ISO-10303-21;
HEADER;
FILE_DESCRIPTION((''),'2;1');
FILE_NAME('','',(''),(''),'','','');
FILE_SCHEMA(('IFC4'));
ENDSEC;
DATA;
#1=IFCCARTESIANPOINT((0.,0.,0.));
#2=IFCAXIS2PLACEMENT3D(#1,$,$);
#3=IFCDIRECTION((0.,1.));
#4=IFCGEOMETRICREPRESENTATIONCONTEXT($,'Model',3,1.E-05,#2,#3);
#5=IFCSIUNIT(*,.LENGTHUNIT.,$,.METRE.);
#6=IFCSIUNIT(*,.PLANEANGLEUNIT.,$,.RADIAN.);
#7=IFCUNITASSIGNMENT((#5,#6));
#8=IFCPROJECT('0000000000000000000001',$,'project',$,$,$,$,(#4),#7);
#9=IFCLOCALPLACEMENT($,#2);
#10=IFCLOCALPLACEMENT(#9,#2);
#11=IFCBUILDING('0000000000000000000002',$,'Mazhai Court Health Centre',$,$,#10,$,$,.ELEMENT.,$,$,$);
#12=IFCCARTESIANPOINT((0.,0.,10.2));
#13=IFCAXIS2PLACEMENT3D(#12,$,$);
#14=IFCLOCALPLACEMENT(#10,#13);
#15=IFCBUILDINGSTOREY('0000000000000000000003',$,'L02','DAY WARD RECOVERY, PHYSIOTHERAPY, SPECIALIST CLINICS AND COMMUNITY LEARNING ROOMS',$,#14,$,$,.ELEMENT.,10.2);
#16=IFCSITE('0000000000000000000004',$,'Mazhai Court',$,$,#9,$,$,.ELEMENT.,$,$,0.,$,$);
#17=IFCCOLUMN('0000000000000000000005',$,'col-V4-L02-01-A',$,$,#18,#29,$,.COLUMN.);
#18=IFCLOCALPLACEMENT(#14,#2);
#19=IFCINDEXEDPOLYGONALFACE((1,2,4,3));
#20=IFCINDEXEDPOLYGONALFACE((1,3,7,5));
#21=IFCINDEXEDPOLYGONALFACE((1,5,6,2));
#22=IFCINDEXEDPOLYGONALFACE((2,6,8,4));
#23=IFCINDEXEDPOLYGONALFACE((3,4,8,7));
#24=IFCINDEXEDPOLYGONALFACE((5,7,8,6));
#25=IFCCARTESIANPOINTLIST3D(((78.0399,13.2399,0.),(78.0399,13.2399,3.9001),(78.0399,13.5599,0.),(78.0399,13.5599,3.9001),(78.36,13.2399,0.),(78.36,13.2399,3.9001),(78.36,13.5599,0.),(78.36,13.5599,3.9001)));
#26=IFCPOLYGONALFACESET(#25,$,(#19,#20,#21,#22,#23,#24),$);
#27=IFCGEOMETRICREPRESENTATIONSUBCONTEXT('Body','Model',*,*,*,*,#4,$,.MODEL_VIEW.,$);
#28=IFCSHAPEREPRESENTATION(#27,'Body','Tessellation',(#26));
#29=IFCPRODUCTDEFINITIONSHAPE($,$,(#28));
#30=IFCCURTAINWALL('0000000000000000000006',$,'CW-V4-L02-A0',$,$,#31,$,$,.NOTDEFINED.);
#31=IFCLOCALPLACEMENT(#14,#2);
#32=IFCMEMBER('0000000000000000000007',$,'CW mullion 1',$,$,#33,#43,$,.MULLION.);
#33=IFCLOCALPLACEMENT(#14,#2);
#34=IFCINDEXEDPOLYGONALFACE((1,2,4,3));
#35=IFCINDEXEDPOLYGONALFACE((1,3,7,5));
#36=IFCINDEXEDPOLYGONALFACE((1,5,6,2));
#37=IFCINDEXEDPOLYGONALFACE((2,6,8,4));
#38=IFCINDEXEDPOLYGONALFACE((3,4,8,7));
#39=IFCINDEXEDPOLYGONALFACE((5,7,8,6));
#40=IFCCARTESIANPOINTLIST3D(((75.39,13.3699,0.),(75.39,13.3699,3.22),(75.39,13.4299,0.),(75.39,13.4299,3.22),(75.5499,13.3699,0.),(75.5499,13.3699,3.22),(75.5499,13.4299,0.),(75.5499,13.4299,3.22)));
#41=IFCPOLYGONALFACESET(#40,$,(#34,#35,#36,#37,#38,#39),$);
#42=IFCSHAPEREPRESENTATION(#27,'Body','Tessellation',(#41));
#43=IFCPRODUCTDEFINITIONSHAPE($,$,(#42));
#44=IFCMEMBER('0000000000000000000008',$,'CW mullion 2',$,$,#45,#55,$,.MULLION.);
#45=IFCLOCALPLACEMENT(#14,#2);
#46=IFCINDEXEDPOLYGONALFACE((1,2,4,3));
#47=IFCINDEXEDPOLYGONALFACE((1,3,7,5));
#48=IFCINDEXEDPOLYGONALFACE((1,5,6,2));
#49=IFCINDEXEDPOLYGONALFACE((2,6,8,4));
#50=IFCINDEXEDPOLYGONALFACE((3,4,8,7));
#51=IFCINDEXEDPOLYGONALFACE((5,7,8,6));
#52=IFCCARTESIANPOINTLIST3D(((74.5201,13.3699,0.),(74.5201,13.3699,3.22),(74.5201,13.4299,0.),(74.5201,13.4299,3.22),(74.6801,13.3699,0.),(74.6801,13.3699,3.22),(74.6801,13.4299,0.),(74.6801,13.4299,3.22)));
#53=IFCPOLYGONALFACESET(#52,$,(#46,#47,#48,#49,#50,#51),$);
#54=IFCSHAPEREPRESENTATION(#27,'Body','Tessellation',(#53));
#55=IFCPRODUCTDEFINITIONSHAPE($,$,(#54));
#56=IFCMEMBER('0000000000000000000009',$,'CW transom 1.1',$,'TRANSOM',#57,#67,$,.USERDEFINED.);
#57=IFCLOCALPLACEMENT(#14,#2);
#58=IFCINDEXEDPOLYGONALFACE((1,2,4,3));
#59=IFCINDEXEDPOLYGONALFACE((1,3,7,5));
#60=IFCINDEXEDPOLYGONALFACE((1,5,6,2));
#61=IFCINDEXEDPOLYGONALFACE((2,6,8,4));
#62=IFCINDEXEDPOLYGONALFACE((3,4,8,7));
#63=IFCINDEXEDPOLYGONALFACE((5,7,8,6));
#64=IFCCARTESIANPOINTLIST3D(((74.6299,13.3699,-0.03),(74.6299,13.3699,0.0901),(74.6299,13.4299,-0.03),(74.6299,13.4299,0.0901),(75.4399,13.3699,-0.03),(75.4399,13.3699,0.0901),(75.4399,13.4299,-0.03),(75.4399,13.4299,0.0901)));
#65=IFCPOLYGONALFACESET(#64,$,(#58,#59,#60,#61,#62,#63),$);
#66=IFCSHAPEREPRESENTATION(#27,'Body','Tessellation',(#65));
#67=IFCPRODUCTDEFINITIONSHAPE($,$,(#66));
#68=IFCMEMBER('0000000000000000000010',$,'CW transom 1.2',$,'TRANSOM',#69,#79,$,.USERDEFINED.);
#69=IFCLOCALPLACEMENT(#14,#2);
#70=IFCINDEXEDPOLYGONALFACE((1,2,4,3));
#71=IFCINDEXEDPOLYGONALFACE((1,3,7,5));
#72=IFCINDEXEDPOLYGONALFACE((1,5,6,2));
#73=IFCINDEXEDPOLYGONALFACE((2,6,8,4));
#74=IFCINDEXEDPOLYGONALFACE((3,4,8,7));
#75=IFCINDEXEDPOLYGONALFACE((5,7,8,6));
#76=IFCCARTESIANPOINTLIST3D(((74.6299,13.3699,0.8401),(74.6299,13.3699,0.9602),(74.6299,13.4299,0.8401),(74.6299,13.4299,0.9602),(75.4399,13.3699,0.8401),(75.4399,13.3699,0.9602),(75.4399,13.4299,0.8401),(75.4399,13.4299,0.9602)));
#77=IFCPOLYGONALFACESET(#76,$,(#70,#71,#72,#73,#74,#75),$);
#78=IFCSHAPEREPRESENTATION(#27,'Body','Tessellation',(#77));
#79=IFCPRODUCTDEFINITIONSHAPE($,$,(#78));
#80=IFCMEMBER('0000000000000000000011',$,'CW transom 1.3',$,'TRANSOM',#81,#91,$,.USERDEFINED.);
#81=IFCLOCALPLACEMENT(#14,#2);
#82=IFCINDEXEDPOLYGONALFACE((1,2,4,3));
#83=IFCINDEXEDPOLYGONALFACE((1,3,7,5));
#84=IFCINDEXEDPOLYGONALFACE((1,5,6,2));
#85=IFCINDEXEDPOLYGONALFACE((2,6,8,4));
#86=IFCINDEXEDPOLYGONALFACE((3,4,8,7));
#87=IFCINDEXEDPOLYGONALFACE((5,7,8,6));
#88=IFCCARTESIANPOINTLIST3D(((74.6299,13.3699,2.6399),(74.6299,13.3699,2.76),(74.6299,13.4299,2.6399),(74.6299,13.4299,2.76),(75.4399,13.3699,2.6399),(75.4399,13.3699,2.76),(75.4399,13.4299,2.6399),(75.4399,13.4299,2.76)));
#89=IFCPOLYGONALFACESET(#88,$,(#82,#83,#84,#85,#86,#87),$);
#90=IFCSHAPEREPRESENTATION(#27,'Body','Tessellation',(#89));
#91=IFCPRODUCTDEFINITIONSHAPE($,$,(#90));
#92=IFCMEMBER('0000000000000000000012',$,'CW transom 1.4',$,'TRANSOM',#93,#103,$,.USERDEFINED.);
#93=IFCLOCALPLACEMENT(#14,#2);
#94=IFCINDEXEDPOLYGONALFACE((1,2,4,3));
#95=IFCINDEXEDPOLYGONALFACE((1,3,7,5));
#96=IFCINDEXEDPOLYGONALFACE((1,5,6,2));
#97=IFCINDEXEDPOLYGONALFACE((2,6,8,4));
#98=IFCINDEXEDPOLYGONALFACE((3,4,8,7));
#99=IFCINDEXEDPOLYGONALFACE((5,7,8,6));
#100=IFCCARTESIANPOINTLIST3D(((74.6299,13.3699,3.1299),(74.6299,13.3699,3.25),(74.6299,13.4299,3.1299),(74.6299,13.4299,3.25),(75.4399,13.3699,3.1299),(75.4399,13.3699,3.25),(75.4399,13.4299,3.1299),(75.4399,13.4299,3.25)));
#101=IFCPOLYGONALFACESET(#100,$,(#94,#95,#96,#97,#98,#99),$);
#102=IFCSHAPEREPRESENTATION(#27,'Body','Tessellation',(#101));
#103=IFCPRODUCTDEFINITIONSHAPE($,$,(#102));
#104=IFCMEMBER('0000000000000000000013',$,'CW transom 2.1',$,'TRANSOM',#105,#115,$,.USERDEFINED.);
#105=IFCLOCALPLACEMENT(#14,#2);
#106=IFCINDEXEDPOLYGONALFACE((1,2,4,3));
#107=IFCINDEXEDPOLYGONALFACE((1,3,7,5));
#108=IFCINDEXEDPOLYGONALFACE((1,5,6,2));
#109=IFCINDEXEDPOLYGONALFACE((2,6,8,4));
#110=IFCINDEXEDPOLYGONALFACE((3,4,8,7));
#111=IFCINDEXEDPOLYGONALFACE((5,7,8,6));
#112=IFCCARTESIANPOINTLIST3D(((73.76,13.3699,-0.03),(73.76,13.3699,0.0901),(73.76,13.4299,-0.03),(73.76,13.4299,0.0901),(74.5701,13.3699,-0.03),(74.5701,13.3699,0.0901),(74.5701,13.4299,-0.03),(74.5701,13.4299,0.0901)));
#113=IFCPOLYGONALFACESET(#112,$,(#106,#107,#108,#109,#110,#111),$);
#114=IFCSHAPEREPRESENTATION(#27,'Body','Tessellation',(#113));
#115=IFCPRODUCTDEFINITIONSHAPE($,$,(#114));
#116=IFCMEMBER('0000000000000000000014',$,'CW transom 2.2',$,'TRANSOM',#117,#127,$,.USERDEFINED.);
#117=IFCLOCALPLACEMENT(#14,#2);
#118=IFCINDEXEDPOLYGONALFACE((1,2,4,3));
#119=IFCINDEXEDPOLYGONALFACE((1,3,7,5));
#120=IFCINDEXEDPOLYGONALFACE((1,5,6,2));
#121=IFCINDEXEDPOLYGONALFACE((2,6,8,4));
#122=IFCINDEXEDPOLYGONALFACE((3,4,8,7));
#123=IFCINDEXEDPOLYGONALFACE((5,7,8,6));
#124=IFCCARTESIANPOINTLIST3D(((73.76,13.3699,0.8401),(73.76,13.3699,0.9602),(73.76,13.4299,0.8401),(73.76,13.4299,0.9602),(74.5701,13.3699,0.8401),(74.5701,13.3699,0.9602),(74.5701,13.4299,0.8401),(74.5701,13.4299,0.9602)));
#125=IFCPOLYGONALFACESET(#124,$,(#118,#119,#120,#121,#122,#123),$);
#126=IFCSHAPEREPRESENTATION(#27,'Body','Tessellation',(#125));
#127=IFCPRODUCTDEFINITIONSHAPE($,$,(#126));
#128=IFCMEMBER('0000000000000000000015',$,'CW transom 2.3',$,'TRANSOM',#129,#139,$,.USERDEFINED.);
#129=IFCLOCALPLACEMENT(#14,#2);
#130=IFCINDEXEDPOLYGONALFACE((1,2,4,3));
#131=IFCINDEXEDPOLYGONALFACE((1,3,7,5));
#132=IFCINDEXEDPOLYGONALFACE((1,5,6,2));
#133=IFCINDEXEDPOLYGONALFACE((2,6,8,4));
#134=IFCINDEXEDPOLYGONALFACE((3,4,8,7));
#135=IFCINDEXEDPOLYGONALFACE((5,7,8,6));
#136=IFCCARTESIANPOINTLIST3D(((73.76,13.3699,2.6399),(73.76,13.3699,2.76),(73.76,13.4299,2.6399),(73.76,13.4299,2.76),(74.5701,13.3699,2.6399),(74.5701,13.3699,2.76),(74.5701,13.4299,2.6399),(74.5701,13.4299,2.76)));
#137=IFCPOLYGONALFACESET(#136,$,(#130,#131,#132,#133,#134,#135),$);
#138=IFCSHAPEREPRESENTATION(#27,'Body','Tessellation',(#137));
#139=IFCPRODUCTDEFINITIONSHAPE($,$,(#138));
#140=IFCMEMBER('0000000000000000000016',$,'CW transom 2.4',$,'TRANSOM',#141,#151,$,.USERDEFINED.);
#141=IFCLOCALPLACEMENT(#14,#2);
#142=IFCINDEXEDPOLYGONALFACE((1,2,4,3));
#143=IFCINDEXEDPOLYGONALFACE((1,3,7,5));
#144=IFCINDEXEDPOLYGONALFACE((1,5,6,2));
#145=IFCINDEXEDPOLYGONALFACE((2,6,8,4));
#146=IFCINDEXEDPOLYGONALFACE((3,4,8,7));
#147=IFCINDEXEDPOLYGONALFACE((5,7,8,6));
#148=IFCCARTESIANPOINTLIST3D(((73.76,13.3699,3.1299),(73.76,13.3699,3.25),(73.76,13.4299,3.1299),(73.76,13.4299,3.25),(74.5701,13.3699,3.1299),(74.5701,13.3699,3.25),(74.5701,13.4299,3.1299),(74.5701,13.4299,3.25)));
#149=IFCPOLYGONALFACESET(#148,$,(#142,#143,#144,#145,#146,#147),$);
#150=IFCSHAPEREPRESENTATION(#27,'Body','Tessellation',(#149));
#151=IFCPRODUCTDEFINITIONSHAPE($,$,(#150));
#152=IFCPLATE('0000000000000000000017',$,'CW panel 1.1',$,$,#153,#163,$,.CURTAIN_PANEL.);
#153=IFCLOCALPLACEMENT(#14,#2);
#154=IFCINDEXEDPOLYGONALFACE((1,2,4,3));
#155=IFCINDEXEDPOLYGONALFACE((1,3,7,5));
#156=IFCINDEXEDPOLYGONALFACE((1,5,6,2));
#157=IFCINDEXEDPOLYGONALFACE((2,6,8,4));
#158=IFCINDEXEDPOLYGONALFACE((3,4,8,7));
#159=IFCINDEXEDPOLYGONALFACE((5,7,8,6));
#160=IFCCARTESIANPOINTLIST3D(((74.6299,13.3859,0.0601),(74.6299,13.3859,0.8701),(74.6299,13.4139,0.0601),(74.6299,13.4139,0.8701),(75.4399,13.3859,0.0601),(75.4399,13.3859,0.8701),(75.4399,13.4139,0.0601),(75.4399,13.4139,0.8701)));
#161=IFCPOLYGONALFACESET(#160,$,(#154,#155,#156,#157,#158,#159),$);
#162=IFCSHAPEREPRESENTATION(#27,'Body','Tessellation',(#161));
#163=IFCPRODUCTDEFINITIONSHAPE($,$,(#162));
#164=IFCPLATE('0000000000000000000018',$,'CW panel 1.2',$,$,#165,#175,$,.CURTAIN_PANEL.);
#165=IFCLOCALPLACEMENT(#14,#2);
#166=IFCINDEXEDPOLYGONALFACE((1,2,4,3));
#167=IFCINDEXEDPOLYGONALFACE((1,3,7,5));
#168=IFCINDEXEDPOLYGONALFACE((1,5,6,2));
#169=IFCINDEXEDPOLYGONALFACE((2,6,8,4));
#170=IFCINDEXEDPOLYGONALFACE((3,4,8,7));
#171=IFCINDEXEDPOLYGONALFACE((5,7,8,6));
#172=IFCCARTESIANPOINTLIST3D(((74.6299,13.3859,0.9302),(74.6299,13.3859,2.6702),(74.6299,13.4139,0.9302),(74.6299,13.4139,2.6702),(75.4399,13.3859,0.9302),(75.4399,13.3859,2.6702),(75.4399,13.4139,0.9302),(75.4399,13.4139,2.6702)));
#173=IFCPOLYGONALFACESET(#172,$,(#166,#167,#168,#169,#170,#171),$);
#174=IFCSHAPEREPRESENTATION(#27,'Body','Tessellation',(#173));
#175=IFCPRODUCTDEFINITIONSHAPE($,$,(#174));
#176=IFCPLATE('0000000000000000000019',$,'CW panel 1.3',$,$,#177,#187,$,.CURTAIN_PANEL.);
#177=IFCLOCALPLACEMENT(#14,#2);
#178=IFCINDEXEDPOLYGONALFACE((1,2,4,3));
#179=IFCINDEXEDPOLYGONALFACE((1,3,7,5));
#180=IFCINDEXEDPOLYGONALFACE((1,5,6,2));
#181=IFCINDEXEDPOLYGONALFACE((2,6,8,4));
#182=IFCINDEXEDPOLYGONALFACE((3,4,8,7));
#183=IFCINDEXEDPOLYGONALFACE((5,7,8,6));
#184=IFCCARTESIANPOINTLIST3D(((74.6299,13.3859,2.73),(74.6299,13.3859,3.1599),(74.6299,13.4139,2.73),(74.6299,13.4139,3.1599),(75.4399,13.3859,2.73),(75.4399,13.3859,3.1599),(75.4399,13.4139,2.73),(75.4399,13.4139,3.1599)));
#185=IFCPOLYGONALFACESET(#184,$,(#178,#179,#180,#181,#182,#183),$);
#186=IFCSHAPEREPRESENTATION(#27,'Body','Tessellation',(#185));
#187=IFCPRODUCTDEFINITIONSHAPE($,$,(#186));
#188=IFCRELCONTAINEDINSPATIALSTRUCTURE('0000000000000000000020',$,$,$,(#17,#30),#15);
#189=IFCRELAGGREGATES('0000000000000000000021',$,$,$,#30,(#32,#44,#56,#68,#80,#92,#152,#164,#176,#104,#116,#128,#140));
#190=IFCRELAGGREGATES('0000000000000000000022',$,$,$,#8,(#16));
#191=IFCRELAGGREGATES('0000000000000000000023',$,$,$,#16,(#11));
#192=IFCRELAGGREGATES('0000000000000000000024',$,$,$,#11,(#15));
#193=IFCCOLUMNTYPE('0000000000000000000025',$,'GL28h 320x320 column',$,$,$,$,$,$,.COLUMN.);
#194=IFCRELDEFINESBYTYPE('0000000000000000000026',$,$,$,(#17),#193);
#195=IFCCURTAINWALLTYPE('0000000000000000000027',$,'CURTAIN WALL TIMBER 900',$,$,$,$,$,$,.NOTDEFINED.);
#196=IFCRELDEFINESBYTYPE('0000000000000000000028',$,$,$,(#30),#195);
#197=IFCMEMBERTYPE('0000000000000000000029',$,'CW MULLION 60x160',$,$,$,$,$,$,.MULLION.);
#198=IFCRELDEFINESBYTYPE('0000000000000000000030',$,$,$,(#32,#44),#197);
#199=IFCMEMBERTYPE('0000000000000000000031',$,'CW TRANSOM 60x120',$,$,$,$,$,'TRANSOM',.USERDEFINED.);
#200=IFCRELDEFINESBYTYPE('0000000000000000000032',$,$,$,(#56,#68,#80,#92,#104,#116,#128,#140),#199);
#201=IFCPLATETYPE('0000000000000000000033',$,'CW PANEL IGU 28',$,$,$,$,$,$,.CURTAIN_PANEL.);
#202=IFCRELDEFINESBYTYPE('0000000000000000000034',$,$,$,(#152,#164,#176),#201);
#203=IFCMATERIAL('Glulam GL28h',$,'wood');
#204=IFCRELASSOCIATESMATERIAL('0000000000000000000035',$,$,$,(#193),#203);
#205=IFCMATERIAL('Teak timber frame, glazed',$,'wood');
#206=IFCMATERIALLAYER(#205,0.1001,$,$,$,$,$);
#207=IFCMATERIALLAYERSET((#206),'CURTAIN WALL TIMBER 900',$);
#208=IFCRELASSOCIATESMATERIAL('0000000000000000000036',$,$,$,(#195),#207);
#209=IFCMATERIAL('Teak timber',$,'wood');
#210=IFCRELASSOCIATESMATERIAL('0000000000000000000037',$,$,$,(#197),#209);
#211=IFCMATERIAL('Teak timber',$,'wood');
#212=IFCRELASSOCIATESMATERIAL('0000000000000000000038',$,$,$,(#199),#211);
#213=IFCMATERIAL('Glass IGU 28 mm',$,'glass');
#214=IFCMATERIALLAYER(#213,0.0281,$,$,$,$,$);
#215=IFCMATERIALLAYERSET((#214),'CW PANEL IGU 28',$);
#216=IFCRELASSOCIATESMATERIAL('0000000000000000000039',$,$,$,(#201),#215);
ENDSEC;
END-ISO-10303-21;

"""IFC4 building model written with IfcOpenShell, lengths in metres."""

from ifc_helpers import new_model, si_unit, direction, frame, origin, origin_2d, place, context, subcontext, project, spatial, rectangle, extrude, material, layer, layer_set, material_profile, profile_set, type_object, element, aggregate, save


model = new_model("IFC4")

# Units and contexts
model_context = context("Model", 3, precision=1e-05, world=origin(), true_north=direction((0.0, 1.0)))
body_context = subcontext(model_context, "Body", "Model", "MODEL_VIEW")
ifc_project = project(units=[si_unit("LENGTHUNIT", "METRE"), si_unit("PLANEANGLEUNIT", "RADIAN")], contexts=[model_context])

# Site, building, storey
site_placement = place(None, origin())
site = spatial("IfcSite", under=ifc_project, at=site_placement, Name="Mazhai Court", CompositionType="ELEMENT", RefElevation=0.0)
building_placement = place(site_placement, origin())
building = spatial("IfcBuilding", under=site, at=building_placement, Name="Mazhai Court Health Centre", CompositionType="ELEMENT")
storey_placement = place(building_placement, frame((0.0, 0.0, 10.2)))
storey = spatial("IfcBuildingStorey", under=building, at=storey_placement, Name="L02", Description="DAY WARD RECOVERY, PHYSIOTHERAPY, SPECIALIST CLINICS AND COMMUNITY LEARNING ROOMS", CompositionType="ELEMENT", Elevation=10.2)

# Column
ifc_material_1 = material(Name="Glulam GL28h", Category="wood")
ifc_material_profile_1 = material_profile(ifc_material_1, rectangle(XDim=0.3201, YDim=0.3201, at=origin_2d()), Name="GL28h 320x320")
ifc_profile_set_1 = profile_set([ifc_material_profile_1], Name="Glulam GL28h")
column_type = type_object("IfcColumnType", Name="GL28h 320x320 column", PredefinedType="COLUMN", material=ifc_profile_set_1)
column_placement = place(storey_placement, frame((78.2, 13.3999, 0.0), z_axis=(0.0, 0.0, 1.0), x_axis=(1.0, 0.0, 0.0)))
element("IfcColumn", 1, at=column_placement, inside=storey, type_object=column_type, Name="col-V4-L02-01-A", PredefinedType="COLUMN", context=body_context, shape_type="SweptSolid", body=[
    extrude(rectangle(XDim=0.3201, YDim=0.3201, at=origin_2d()), origin(), (0.0, 0.0, 1.0), 3.9001),
])

# Curtain wall, members, plates
ifc_material_2 = material(Name="Teak timber frame, glazed", Category="wood")
ifc_layer_1 = layer(ifc_material_2, 0.1001)
ifc_layer_set_1 = layer_set([ifc_layer_1], Name="CURTAIN WALL TIMBER 900")
curtain_wall_type = type_object("IfcCurtainWallType", Name="CURTAIN WALL TIMBER 900", PredefinedType="NOTDEFINED", material=ifc_layer_set_1)
curtain_wall_placement = place(storey_placement, origin())
curtain_wall = element("IfcCurtainWall", 2, at=curtain_wall_placement, inside=storey, type_object=curtain_wall_type, Name="CW-V4-L02-A0", PredefinedType="NOTDEFINED")
ifc_material_3 = material(Name="Teak timber", Category="wood")
ifc_material_profile_2 = material_profile(ifc_material_3, rectangle(XDim=0.0601, YDim=0.1599, at=origin_2d()), Name="CW MULLION 60x160")
ifc_profile_set_2 = profile_set([ifc_material_profile_2], Name="Teak timber")
member_type_1 = type_object("IfcMemberType", Name="CW MULLION 60x160", PredefinedType="MULLION", material=ifc_profile_set_2)
member_1_placement = place(storey_placement, frame((75.47, 13.3999, 0.0), z_axis=(0.0, 0.0, 1.0), x_axis=(0.0, -1.0, 0.0)))
member_1 = element("IfcMember", 3, at=member_1_placement, type_object=member_type_1, Name="CW mullion 1", PredefinedType="MULLION", context=body_context, shape_type="SweptSolid", body=[
    extrude(rectangle(XDim=0.0601, YDim=0.1599, at=origin_2d()), origin(), (0.0, 0.0, 1.0), 3.22),
])
member_2_placement = place(storey_placement, frame((74.6001, 13.3999, 0.0), z_axis=(0.0, 0.0, 1.0), x_axis=(0.0, -1.0, 0.0)))
member_2 = element("IfcMember", 4, at=member_2_placement, type_object=member_type_1, Name="CW mullion 2", PredefinedType="MULLION", context=body_context, shape_type="SweptSolid", body=[
    extrude(rectangle(XDim=0.0601, YDim=0.1599, at=origin_2d()), origin(), (0.0, 0.0, 1.0), 3.22),
])
ifc_material_4 = material(Name="Teak timber", Category="wood")
ifc_material_profile_3 = material_profile(ifc_material_4, rectangle(XDim=0.0601, YDim=0.1201, at=origin_2d()), Name="CW TRANSOM 60x120")
ifc_profile_set_3 = profile_set([ifc_material_profile_3], Name="Teak timber")
member_type_2 = type_object("IfcMemberType", Name="CW TRANSOM 60x120", ElementType="TRANSOM", PredefinedType="USERDEFINED", material=ifc_profile_set_3)
member_3_placement = place(storey_placement, frame((75.4399, 13.3999, 0.03), z_axis=(-1.0, 0.0, 0.0), x_axis=(0.0, -1.0, 0.0)))
member_3 = element("IfcMember", 5, at=member_3_placement, type_object=member_type_2, Name="CW transom 1.1", ObjectType="TRANSOM", PredefinedType="USERDEFINED", context=body_context, shape_type="SweptSolid", body=[
    extrude(rectangle(XDim=0.0601, YDim=0.1201, at=origin_2d()), origin(), (0.0, 0.0, 1.0), 0.8101),
])
member_4_placement = place(storey_placement, frame((75.4399, 13.3999, 0.9001), z_axis=(-1.0, 0.0, 0.0), x_axis=(0.0, -1.0, 0.0)))
member_4 = element("IfcMember", 6, at=member_4_placement, type_object=member_type_2, Name="CW transom 1.2", ObjectType="TRANSOM", PredefinedType="USERDEFINED", context=body_context, shape_type="SweptSolid", body=[
    extrude(rectangle(XDim=0.0601, YDim=0.1201, at=origin_2d()), origin(), (0.0, 0.0, 1.0), 0.8101),
])
member_5_placement = place(storey_placement, frame((75.4399, 13.3999, 2.7), z_axis=(-1.0, 0.0, 0.0), x_axis=(0.0, -1.0, 0.0)))
member_5 = element("IfcMember", 7, at=member_5_placement, type_object=member_type_2, Name="CW transom 1.3", ObjectType="TRANSOM", PredefinedType="USERDEFINED", context=body_context, shape_type="SweptSolid", body=[
    extrude(rectangle(XDim=0.0601, YDim=0.1201, at=origin_2d()), origin(), (0.0, 0.0, 1.0), 0.8101),
])
member_6_placement = place(storey_placement, frame((75.4399, 13.3999, 3.1899), z_axis=(-1.0, 0.0, 0.0), x_axis=(0.0, -1.0, 0.0)))
member_6 = element("IfcMember", 8, at=member_6_placement, type_object=member_type_2, Name="CW transom 1.4", ObjectType="TRANSOM", PredefinedType="USERDEFINED", context=body_context, shape_type="SweptSolid", body=[
    extrude(rectangle(XDim=0.0601, YDim=0.1201, at=origin_2d()), origin(), (0.0, 0.0, 1.0), 0.8101),
])
member_7_placement = place(storey_placement, frame((74.5701, 13.3999, 0.03), z_axis=(-1.0, 0.0, 0.0), x_axis=(0.0, -1.0, 0.0)))
member_7 = element("IfcMember", 9, at=member_7_placement, type_object=member_type_2, Name="CW transom 2.1", ObjectType="TRANSOM", PredefinedType="USERDEFINED", context=body_context, shape_type="SweptSolid", body=[
    extrude(rectangle(XDim=0.0601, YDim=0.1201, at=origin_2d()), origin(), (0.0, 0.0, 1.0), 0.8101),
])
member_8_placement = place(storey_placement, frame((74.5701, 13.3999, 0.9001), z_axis=(-1.0, 0.0, 0.0), x_axis=(0.0, -1.0, 0.0)))
member_8 = element("IfcMember", 10, at=member_8_placement, type_object=member_type_2, Name="CW transom 2.2", ObjectType="TRANSOM", PredefinedType="USERDEFINED", context=body_context, shape_type="SweptSolid", body=[
    extrude(rectangle(XDim=0.0601, YDim=0.1201, at=origin_2d()), origin(), (0.0, 0.0, 1.0), 0.8101),
])
member_9_placement = place(storey_placement, frame((74.5701, 13.3999, 2.7), z_axis=(-1.0, 0.0, 0.0), x_axis=(0.0, -1.0, 0.0)))
member_9 = element("IfcMember", 11, at=member_9_placement, type_object=member_type_2, Name="CW transom 2.3", ObjectType="TRANSOM", PredefinedType="USERDEFINED", context=body_context, shape_type="SweptSolid", body=[
    extrude(rectangle(XDim=0.0601, YDim=0.1201, at=origin_2d()), origin(), (0.0, 0.0, 1.0), 0.8101),
])
member_10_placement = place(storey_placement, frame((74.5701, 13.3999, 3.1899), z_axis=(-1.0, 0.0, 0.0), x_axis=(0.0, -1.0, 0.0)))
member_10 = element("IfcMember", 12, at=member_10_placement, type_object=member_type_2, Name="CW transom 2.4", ObjectType="TRANSOM", PredefinedType="USERDEFINED", context=body_context, shape_type="SweptSolid", body=[
    extrude(rectangle(XDim=0.0601, YDim=0.1201, at=origin_2d()), origin(), (0.0, 0.0, 1.0), 0.8101),
])
ifc_material_5 = material(Name="Glass IGU 28 mm", Category="glass")
ifc_layer_2 = layer(ifc_material_5, 0.0281)
ifc_layer_set_2 = layer_set([ifc_layer_2], Name="CW PANEL IGU 28")
plate_type = type_object("IfcPlateType", Name="CW PANEL IGU 28", PredefinedType="CURTAIN_PANEL", material=ifc_layer_set_2)
plate_1_placement = place(storey_placement, frame((75.0349, 13.3999, 0.0601), z_axis=(0.0, 0.0, 1.0), x_axis=(-1.0, 0.0, 0.0)))
plate_1 = element("IfcPlate", 13, at=plate_1_placement, type_object=plate_type, Name="CW panel 1.1", PredefinedType="CURTAIN_PANEL", context=body_context, shape_type="SweptSolid", body=[
    extrude(rectangle(XDim=0.8101, YDim=0.0281, at=origin_2d()), origin(), (0.0, 0.0, 1.0), 0.8101),
])
plate_2_placement = place(storey_placement, frame((75.0349, 13.3999, 0.9302), z_axis=(0.0, 0.0, 1.0), x_axis=(-1.0, 0.0, 0.0)))
plate_2 = element("IfcPlate", 14, at=plate_2_placement, type_object=plate_type, Name="CW panel 1.2", PredefinedType="CURTAIN_PANEL", context=body_context, shape_type="SweptSolid", body=[
    extrude(rectangle(XDim=0.8101, YDim=0.0281, at=origin_2d()), origin(), (0.0, 0.0, 1.0), 1.74),
])
plate_3_placement = place(storey_placement, frame((75.0349, 13.3999, 2.73), z_axis=(0.0, 0.0, 1.0), x_axis=(-1.0, 0.0, 0.0)))
plate_3 = element("IfcPlate", 15, at=plate_3_placement, type_object=plate_type, Name="CW panel 1.3", PredefinedType="CURTAIN_PANEL", context=body_context, shape_type="SweptSolid", body=[
    extrude(rectangle(XDim=0.8101, YDim=0.0281, at=origin_2d()), origin(), (0.0, 0.0, 1.0), 0.4299),
])
aggregate(curtain_wall, [member_1, member_2, member_3, member_4, member_5, member_6, plate_1, plate_2, plate_3, member_7, member_8, member_9, member_10])

save(model, "model.ifc")
